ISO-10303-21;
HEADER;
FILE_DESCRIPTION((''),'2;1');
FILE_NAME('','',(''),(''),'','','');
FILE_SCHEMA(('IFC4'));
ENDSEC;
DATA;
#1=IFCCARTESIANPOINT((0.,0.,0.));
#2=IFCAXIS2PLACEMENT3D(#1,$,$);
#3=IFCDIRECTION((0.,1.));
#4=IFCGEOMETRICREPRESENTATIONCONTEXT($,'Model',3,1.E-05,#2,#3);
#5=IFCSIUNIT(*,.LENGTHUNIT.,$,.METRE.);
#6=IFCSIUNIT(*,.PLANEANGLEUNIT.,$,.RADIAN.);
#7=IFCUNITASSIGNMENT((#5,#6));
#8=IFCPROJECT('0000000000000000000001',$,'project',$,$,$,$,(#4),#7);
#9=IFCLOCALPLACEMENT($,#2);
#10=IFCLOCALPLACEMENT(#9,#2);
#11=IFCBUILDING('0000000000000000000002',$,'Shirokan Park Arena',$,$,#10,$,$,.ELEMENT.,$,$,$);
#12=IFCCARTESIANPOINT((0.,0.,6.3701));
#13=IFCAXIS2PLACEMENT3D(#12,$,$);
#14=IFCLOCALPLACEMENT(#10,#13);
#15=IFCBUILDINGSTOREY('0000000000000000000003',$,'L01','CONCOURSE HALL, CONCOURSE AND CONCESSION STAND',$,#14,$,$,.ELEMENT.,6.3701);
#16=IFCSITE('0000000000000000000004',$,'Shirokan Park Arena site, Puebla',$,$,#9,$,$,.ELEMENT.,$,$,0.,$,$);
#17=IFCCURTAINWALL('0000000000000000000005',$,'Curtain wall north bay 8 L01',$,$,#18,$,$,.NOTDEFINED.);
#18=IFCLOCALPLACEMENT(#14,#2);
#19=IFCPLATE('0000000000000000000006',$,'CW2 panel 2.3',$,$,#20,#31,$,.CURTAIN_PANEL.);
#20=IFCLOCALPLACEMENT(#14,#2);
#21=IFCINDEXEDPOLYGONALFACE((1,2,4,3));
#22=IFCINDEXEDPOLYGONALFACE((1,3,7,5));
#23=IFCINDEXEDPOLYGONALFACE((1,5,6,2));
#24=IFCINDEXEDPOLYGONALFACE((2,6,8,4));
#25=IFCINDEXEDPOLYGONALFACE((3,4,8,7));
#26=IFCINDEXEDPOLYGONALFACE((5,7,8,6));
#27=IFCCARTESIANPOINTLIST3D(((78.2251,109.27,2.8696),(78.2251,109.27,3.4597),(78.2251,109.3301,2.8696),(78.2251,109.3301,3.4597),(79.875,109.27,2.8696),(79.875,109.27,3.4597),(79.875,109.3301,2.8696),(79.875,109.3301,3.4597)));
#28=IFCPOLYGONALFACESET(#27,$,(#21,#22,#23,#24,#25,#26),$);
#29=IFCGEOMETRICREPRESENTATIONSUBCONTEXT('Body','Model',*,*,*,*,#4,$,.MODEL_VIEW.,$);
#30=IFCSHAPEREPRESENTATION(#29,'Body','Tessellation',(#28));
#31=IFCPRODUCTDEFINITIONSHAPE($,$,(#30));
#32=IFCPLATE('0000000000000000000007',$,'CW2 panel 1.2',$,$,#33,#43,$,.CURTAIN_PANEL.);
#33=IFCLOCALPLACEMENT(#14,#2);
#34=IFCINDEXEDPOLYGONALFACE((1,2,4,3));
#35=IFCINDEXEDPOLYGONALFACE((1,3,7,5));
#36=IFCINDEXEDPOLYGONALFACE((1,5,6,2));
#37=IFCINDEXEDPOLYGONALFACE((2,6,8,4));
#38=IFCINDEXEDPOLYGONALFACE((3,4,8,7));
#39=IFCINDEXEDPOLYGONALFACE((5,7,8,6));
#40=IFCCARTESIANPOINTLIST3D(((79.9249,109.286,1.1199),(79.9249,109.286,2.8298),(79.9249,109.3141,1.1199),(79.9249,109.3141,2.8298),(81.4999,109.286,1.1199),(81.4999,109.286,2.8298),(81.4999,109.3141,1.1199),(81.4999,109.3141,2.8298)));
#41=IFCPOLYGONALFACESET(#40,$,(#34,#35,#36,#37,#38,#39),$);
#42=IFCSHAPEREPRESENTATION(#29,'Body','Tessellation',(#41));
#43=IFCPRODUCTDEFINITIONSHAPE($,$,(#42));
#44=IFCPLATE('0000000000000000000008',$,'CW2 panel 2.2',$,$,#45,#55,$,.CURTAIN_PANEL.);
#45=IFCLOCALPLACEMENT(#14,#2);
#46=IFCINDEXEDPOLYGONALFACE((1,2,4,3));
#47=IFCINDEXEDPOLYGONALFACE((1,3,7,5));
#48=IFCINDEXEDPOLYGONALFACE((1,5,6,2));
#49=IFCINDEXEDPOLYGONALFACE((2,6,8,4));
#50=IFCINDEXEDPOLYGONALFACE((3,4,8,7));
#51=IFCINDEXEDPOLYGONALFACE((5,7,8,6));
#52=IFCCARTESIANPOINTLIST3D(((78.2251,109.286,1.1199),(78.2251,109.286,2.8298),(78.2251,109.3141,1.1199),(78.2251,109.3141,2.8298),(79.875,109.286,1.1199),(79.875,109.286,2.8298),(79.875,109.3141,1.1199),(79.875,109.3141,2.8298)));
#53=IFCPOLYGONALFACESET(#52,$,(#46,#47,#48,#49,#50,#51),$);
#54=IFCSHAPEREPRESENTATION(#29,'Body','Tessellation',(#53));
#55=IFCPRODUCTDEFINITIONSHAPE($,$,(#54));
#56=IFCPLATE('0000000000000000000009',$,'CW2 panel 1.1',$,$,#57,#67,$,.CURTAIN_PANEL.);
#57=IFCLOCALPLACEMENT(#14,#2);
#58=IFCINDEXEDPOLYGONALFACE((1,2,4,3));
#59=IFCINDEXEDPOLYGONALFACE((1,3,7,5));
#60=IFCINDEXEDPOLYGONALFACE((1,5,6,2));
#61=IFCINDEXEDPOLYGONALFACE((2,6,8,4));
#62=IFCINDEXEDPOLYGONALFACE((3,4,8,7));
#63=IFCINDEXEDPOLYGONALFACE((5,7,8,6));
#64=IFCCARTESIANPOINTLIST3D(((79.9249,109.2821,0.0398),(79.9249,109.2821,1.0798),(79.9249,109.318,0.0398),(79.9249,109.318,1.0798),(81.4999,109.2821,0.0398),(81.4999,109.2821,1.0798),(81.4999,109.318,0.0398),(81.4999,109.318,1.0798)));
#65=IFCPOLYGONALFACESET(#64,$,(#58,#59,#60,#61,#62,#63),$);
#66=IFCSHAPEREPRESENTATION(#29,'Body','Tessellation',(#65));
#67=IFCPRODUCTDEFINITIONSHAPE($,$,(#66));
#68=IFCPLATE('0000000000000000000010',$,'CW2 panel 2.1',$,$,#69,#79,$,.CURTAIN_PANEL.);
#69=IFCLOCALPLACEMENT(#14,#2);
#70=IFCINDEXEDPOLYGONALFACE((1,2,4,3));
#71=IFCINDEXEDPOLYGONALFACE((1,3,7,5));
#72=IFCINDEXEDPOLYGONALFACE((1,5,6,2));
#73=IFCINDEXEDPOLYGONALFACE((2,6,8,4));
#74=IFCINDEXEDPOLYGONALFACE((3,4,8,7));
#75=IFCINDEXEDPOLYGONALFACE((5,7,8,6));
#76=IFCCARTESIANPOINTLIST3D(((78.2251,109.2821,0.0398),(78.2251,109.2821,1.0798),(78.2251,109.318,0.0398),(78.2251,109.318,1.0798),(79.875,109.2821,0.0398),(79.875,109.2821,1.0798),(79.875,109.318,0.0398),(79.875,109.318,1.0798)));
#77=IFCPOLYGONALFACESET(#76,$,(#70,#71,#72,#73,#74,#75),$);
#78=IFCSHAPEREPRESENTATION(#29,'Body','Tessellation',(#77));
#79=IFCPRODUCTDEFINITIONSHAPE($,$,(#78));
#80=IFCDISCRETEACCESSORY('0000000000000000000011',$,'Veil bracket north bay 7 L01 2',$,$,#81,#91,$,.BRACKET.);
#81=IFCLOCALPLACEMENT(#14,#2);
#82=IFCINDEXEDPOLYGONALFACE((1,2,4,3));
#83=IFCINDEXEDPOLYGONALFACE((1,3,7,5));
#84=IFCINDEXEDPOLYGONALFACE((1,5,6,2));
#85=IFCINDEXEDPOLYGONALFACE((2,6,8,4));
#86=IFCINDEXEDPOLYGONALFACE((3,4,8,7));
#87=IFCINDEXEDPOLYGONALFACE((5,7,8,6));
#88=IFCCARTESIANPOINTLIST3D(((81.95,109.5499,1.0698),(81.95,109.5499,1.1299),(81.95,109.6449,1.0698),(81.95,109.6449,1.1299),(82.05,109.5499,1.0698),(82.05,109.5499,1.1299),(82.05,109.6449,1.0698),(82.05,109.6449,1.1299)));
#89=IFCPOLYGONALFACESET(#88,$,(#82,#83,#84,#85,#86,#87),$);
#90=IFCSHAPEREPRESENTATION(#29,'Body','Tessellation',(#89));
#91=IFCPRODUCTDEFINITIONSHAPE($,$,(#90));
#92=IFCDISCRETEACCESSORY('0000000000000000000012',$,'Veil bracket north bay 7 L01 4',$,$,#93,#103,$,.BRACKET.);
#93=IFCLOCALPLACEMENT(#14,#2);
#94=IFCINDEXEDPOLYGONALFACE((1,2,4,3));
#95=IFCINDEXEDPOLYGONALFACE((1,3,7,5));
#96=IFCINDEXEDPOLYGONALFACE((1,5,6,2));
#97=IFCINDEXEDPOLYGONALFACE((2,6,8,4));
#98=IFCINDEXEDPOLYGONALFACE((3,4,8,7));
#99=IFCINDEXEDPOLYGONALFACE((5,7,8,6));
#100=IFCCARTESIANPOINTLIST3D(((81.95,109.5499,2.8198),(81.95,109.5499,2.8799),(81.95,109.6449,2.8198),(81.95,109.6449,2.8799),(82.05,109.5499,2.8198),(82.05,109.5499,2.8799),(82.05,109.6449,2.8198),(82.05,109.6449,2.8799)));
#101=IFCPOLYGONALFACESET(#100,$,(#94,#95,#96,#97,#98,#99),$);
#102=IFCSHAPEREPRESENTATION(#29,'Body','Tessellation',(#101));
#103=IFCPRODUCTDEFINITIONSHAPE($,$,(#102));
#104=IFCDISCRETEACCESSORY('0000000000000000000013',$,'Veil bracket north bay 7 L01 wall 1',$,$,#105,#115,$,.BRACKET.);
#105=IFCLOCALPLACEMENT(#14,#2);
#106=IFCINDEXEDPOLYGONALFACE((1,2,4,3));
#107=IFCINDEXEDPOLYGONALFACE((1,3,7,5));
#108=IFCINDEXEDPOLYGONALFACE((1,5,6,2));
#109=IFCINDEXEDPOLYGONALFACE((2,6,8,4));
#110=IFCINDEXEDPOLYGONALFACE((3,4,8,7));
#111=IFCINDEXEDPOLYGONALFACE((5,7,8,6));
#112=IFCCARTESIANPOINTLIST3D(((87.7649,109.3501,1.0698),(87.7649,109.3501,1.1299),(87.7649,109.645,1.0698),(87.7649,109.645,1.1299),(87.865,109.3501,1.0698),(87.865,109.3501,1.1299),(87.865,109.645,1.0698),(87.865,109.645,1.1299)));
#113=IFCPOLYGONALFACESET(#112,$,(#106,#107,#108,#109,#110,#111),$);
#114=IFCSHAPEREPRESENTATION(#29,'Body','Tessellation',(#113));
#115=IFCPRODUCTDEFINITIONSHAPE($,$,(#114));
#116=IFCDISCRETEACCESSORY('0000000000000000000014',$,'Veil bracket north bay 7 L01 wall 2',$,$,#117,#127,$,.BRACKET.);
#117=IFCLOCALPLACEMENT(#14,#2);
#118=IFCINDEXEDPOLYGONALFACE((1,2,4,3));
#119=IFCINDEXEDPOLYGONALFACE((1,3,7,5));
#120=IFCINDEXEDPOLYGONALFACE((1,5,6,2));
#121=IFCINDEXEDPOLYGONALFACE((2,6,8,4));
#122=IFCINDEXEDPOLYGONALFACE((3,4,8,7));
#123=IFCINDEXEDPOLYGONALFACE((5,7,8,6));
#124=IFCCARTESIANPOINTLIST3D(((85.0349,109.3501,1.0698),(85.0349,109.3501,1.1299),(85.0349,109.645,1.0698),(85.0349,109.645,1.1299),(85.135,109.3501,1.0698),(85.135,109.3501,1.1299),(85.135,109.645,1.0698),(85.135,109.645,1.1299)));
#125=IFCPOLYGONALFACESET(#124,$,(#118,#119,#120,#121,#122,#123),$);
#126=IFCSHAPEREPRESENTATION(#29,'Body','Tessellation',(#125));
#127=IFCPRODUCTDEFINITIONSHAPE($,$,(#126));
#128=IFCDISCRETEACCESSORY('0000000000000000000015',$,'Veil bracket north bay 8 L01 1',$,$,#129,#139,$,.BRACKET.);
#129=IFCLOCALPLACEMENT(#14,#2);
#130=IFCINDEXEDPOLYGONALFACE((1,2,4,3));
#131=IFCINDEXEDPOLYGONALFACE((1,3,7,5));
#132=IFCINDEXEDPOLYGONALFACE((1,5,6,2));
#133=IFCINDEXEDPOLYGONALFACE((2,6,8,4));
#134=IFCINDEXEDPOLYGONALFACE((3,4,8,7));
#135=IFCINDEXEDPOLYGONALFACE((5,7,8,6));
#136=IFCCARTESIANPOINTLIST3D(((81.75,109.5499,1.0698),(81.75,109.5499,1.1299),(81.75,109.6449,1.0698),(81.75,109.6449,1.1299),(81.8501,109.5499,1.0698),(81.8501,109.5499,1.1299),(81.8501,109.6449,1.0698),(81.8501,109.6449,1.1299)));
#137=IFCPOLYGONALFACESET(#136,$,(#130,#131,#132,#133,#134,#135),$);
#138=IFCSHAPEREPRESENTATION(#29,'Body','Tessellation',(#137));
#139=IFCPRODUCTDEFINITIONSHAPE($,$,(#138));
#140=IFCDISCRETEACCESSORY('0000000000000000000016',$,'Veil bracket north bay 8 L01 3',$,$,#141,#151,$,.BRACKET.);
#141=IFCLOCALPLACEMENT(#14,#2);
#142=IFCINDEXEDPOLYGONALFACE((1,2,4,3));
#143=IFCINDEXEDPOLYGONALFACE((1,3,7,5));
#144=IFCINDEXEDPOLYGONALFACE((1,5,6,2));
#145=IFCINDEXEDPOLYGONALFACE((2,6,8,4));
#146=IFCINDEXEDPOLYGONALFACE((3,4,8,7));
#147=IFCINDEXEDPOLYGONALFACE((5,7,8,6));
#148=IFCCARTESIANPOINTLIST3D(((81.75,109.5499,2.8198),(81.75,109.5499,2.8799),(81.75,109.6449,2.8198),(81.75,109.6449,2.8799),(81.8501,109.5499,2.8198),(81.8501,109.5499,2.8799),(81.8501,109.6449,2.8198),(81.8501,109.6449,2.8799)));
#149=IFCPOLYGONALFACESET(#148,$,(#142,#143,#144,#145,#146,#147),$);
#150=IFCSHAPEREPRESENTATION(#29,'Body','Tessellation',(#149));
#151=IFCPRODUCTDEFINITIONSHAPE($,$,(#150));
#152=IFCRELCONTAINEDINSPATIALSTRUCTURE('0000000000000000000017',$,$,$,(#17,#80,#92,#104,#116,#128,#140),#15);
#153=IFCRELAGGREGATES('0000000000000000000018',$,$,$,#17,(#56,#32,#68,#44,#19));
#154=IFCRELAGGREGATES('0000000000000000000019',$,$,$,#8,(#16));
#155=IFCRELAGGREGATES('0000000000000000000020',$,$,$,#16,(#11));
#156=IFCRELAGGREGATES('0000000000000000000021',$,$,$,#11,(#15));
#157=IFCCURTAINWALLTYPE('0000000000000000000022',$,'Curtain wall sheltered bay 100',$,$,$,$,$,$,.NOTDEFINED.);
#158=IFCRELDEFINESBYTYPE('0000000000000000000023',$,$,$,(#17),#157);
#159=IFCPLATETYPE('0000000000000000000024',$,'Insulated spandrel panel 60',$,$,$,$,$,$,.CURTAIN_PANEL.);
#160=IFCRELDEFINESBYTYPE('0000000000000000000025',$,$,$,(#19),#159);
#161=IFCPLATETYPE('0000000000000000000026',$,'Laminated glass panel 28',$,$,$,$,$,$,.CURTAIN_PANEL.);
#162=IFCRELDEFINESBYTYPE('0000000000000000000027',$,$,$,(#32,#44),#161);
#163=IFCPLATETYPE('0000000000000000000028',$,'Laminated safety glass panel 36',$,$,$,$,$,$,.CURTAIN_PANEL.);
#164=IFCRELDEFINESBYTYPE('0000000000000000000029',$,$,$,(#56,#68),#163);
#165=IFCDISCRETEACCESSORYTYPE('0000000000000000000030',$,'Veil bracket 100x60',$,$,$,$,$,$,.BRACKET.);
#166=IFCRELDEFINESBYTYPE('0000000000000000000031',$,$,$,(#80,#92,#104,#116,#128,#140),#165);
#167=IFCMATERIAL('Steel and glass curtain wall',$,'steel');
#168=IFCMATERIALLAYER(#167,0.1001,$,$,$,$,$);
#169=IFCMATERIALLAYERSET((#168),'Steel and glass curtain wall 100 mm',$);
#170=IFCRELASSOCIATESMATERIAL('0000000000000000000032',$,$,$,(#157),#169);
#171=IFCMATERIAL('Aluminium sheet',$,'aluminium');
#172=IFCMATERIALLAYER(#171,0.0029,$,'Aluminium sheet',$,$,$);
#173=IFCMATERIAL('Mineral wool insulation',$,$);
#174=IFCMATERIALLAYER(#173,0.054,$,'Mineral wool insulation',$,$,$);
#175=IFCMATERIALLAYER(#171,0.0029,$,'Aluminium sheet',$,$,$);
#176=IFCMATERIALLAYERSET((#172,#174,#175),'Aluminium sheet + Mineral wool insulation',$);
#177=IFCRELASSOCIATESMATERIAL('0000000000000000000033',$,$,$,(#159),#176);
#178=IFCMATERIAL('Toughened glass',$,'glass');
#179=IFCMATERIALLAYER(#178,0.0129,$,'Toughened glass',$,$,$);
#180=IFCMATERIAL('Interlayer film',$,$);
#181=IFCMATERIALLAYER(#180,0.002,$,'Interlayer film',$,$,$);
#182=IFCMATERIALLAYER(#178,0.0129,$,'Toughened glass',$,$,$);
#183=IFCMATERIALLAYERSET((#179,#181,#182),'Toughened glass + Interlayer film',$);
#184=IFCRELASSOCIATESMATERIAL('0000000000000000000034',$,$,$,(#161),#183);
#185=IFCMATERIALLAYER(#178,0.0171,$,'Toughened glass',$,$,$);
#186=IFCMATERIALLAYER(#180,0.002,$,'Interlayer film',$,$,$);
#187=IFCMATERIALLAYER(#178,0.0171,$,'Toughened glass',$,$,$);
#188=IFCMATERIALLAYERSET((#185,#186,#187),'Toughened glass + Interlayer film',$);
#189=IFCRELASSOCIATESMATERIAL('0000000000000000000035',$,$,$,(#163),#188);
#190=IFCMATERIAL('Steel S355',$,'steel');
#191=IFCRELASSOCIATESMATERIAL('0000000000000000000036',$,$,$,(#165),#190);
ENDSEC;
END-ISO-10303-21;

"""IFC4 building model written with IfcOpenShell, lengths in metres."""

from ifc_helpers import new_model, si_unit, direction, frame, origin, origin_2d, place, context, subcontext, project, spatial, rectangle, extrude, material, layer, layer_set, type_object, element, aggregate, save


model = new_model("IFC4")

# Units and contexts
model_context = context("Model", 3, precision=1e-05, world=origin(), true_north=direction((0.0, 1.0)))
body_context = subcontext(model_context, "Body", "Model", "MODEL_VIEW")
ifc_project = project(units=[si_unit("LENGTHUNIT", "METRE"), si_unit("PLANEANGLEUNIT", "RADIAN")], contexts=[model_context])

# Site, building, storey
site_placement = place(None, origin())
site = spatial("IfcSite", under=ifc_project, at=site_placement, Name="Shirokan Park Arena site, Puebla", CompositionType="ELEMENT", RefElevation=0.0)
building_placement = place(site_placement, origin())
building = spatial("IfcBuilding", under=site, at=building_placement, Name="Shirokan Park Arena", CompositionType="ELEMENT")
storey_placement = place(building_placement, frame((0.0, 0.0, 6.3701)))
storey = spatial("IfcBuildingStorey", under=building, at=storey_placement, Name="L01", Description="CONCOURSE HALL, CONCOURSE AND CONCESSION STAND", CompositionType="ELEMENT", Elevation=6.3701)

# Curtain wall, plates
ifc_material_1 = material(Name="Steel and glass curtain wall", Category="steel")
ifc_layer_1 = layer(ifc_material_1, 0.1001)
ifc_layer_set_1 = layer_set([ifc_layer_1], Name="Steel and glass curtain wall 100 mm")
curtain_wall_type = type_object("IfcCurtainWallType", Name="Curtain wall sheltered bay 100", PredefinedType="NOTDEFINED", material=ifc_layer_set_1)
curtain_wall_placement = place(storey_placement, origin())
curtain_wall = element("IfcCurtainWall", 1, at=curtain_wall_placement, inside=storey, type_object=curtain_wall_type, Name="Curtain wall north bay 8 L01", PredefinedType="NOTDEFINED")
ifc_material_2 = material(Name="Steel S355", Category="steel")
ifc_material_3 = material(Name="Aluminium sheet", Category="aluminium")
ifc_layer_2 = layer(ifc_material_3, 0.0029, Name="Aluminium sheet")
ifc_material_4 = material(Name="Mineral wool insulation")
ifc_layer_3 = layer(ifc_material_4, 0.054, Name="Mineral wool insulation")
ifc_layer_4 = layer(ifc_material_3, 0.0029, Name="Aluminium sheet")
ifc_layer_set_2 = layer_set([ifc_layer_2, ifc_layer_3, ifc_layer_4], Name="Aluminium sheet + Mineral wool insulation")
plate_type_1 = type_object("IfcPlateType", Name="Insulated spandrel panel 60", PredefinedType="CURTAIN_PANEL", material=ifc_layer_set_2)
plate_1_placement = place(storey_placement, frame((79.05, 109.3, 2.8696), z_axis=(0.0, 0.0, 1.0), x_axis=(-1.0, 0.0, 0.0)))
plate_1 = element("IfcPlate", 2, at=plate_1_placement, type_object=plate_type_1, Name="CW2 panel 2.3", PredefinedType="CURTAIN_PANEL", context=body_context, shape_type="SweptSolid", body=[
    extrude(rectangle(XDim=1.6499, YDim=0.0601, at=origin_2d()), origin(), (0.0, 0.0, 1.0), 0.5901),
])
ifc_material_5 = material(Name="Toughened glass", Category="glass")
ifc_layer_5 = layer(ifc_material_5, 0.0129, Name="Toughened glass")
ifc_material_6 = material(Name="Interlayer film")
ifc_layer_6 = layer(ifc_material_6, 0.002, Name="Interlayer film")
ifc_layer_7 = layer(ifc_material_5, 0.0129, Name="Toughened glass")
ifc_layer_set_3 = layer_set([ifc_layer_5, ifc_layer_6, ifc_layer_7], Name="Toughened glass + Interlayer film")
plate_type_2 = type_object("IfcPlateType", Name="Laminated glass panel 28", PredefinedType="CURTAIN_PANEL", material=ifc_layer_set_3)
plate_2_placement = place(storey_placement, frame((80.7124, 109.3, 1.1199), z_axis=(0.0, 0.0, 1.0), x_axis=(-1.0, 0.0, 0.0)))
plate_2 = element("IfcPlate", 3, at=plate_2_placement, type_object=plate_type_2, Name="CW2 panel 1.2", PredefinedType="CURTAIN_PANEL", context=body_context, shape_type="SweptSolid", body=[
    extrude(rectangle(XDim=1.575, YDim=0.0281, at=origin_2d()), origin(), (0.0, 0.0, 1.0), 1.71),
])
plate_3_placement = place(storey_placement, frame((79.05, 109.3, 1.1199), z_axis=(0.0, 0.0, 1.0), x_axis=(-1.0, 0.0, 0.0)))
plate_3 = element("IfcPlate", 4, at=plate_3_placement, type_object=plate_type_2, Name="CW2 panel 2.2", PredefinedType="CURTAIN_PANEL", context=body_context, shape_type="SweptSolid", body=[
    extrude(rectangle(XDim=1.6499, YDim=0.0281, at=origin_2d()), origin(), (0.0, 0.0, 1.0), 1.71),
])
ifc_layer_8 = layer(ifc_material_5, 0.0171, Name="Toughened glass")
ifc_layer_9 = layer(ifc_material_6, 0.002, Name="Interlayer film")
ifc_layer_10 = layer(ifc_material_5, 0.0171, Name="Toughened glass")
ifc_layer_set_4 = layer_set([ifc_layer_8, ifc_layer_9, ifc_layer_10], Name="Toughened glass + Interlayer film")
plate_type_3 = type_object("IfcPlateType", Name="Laminated safety glass panel 36", PredefinedType="CURTAIN_PANEL", material=ifc_layer_set_4)
plate_4_placement = place(storey_placement, frame((80.7124, 109.3, 0.0398), z_axis=(0.0, 0.0, 1.0), x_axis=(-1.0, 0.0, 0.0)))
plate_4 = element("IfcPlate", 5, at=plate_4_placement, type_object=plate_type_3, Name="CW2 panel 1.1", PredefinedType="CURTAIN_PANEL", context=body_context, shape_type="SweptSolid", body=[
    extrude(rectangle(XDim=1.575, YDim=0.0359, at=origin_2d()), origin(), (0.0, 0.0, 1.0), 1.04),
])
plate_5_placement = place(storey_placement, frame((79.05, 109.3, 0.0398), z_axis=(0.0, 0.0, 1.0), x_axis=(-1.0, 0.0, 0.0)))
plate_5 = element("IfcPlate", 6, at=plate_5_placement, type_object=plate_type_3, Name="CW2 panel 2.1", PredefinedType="CURTAIN_PANEL", context=body_context, shape_type="SweptSolid", body=[
    extrude(rectangle(XDim=1.6499, YDim=0.0359, at=origin_2d()), origin(), (0.0, 0.0, 1.0), 1.04),
])
aggregate(curtain_wall, [plate_4, plate_2, plate_5, plate_3, plate_1])

# Discrete accessories
discrete_accessory_type = type_object("IfcDiscreteAccessoryType", Name="Veil bracket 100x60", PredefinedType="BRACKET", material=ifc_material_2)
for number, where, z_axis, x_axis, name in (
    (7, (82.0, 109.5974, 1.0698), (0.0, 0.0, 1.0), (-1.0, 0.0, 0.0), "Veil bracket north bay 7 L01 2"),
    (8, (82.0, 109.5974, 2.8198), (0.0, 0.0, 1.0), (-1.0, 0.0, 0.0), "Veil bracket north bay 7 L01 4"),
):
    element("IfcDiscreteAccessory", number, at=place(storey_placement, frame(where, z_axis=z_axis, x_axis=x_axis)), inside=storey, type_object=discrete_accessory_type, Name=name, PredefinedType="BRACKET", context=body_context, shape_type="SweptSolid", body=[
        extrude(rectangle(XDim=0.1001, YDim=0.095, at=origin_2d()), origin(), (0.0, 0.0, 1.0), 0.0601),
    ])
for number, where, z_axis, x_axis, name in (
    (9, (87.8149, 109.4976, 1.0698), (0.0, 0.0, 1.0), (-1.0, 0.0, 0.0), "Veil bracket north bay 7 L01 wall 1"),
    (10, (85.085, 109.4976, 1.0698), (0.0, 0.0, 1.0), (-1.0, 0.0, 0.0), "Veil bracket north bay 7 L01 wall 2"),
):
    element("IfcDiscreteAccessory", number, at=place(storey_placement, frame(where, z_axis=z_axis, x_axis=x_axis)), inside=storey, type_object=discrete_accessory_type, Name=name, PredefinedType="BRACKET", context=body_context, shape_type="SweptSolid", body=[
        extrude(rectangle(XDim=0.1001, YDim=0.2949, at=origin_2d()), origin(), (0.0, 0.0, 1.0), 0.0601),
    ])
for number, where, z_axis, x_axis, name in (
    (11, (81.8, 109.5974, 1.0698), (0.0, 0.0, 1.0), (-1.0, 0.0, 0.0), "Veil bracket north bay 8 L01 1"),
    (12, (81.8, 109.5974, 2.8198), (0.0, 0.0, 1.0), (-1.0, 0.0, 0.0), "Veil bracket north bay 8 L01 3"),
):
    element("IfcDiscreteAccessory", number, at=place(storey_placement, frame(where, z_axis=z_axis, x_axis=x_axis)), inside=storey, type_object=discrete_accessory_type, Name=name, PredefinedType="BRACKET", context=body_context, shape_type="SweptSolid", body=[
        extrude(rectangle(XDim=0.1001, YDim=0.095, at=origin_2d()), origin(), (0.0, 0.0, 1.0), 0.0601),
    ])

save(model, "model.ifc")
